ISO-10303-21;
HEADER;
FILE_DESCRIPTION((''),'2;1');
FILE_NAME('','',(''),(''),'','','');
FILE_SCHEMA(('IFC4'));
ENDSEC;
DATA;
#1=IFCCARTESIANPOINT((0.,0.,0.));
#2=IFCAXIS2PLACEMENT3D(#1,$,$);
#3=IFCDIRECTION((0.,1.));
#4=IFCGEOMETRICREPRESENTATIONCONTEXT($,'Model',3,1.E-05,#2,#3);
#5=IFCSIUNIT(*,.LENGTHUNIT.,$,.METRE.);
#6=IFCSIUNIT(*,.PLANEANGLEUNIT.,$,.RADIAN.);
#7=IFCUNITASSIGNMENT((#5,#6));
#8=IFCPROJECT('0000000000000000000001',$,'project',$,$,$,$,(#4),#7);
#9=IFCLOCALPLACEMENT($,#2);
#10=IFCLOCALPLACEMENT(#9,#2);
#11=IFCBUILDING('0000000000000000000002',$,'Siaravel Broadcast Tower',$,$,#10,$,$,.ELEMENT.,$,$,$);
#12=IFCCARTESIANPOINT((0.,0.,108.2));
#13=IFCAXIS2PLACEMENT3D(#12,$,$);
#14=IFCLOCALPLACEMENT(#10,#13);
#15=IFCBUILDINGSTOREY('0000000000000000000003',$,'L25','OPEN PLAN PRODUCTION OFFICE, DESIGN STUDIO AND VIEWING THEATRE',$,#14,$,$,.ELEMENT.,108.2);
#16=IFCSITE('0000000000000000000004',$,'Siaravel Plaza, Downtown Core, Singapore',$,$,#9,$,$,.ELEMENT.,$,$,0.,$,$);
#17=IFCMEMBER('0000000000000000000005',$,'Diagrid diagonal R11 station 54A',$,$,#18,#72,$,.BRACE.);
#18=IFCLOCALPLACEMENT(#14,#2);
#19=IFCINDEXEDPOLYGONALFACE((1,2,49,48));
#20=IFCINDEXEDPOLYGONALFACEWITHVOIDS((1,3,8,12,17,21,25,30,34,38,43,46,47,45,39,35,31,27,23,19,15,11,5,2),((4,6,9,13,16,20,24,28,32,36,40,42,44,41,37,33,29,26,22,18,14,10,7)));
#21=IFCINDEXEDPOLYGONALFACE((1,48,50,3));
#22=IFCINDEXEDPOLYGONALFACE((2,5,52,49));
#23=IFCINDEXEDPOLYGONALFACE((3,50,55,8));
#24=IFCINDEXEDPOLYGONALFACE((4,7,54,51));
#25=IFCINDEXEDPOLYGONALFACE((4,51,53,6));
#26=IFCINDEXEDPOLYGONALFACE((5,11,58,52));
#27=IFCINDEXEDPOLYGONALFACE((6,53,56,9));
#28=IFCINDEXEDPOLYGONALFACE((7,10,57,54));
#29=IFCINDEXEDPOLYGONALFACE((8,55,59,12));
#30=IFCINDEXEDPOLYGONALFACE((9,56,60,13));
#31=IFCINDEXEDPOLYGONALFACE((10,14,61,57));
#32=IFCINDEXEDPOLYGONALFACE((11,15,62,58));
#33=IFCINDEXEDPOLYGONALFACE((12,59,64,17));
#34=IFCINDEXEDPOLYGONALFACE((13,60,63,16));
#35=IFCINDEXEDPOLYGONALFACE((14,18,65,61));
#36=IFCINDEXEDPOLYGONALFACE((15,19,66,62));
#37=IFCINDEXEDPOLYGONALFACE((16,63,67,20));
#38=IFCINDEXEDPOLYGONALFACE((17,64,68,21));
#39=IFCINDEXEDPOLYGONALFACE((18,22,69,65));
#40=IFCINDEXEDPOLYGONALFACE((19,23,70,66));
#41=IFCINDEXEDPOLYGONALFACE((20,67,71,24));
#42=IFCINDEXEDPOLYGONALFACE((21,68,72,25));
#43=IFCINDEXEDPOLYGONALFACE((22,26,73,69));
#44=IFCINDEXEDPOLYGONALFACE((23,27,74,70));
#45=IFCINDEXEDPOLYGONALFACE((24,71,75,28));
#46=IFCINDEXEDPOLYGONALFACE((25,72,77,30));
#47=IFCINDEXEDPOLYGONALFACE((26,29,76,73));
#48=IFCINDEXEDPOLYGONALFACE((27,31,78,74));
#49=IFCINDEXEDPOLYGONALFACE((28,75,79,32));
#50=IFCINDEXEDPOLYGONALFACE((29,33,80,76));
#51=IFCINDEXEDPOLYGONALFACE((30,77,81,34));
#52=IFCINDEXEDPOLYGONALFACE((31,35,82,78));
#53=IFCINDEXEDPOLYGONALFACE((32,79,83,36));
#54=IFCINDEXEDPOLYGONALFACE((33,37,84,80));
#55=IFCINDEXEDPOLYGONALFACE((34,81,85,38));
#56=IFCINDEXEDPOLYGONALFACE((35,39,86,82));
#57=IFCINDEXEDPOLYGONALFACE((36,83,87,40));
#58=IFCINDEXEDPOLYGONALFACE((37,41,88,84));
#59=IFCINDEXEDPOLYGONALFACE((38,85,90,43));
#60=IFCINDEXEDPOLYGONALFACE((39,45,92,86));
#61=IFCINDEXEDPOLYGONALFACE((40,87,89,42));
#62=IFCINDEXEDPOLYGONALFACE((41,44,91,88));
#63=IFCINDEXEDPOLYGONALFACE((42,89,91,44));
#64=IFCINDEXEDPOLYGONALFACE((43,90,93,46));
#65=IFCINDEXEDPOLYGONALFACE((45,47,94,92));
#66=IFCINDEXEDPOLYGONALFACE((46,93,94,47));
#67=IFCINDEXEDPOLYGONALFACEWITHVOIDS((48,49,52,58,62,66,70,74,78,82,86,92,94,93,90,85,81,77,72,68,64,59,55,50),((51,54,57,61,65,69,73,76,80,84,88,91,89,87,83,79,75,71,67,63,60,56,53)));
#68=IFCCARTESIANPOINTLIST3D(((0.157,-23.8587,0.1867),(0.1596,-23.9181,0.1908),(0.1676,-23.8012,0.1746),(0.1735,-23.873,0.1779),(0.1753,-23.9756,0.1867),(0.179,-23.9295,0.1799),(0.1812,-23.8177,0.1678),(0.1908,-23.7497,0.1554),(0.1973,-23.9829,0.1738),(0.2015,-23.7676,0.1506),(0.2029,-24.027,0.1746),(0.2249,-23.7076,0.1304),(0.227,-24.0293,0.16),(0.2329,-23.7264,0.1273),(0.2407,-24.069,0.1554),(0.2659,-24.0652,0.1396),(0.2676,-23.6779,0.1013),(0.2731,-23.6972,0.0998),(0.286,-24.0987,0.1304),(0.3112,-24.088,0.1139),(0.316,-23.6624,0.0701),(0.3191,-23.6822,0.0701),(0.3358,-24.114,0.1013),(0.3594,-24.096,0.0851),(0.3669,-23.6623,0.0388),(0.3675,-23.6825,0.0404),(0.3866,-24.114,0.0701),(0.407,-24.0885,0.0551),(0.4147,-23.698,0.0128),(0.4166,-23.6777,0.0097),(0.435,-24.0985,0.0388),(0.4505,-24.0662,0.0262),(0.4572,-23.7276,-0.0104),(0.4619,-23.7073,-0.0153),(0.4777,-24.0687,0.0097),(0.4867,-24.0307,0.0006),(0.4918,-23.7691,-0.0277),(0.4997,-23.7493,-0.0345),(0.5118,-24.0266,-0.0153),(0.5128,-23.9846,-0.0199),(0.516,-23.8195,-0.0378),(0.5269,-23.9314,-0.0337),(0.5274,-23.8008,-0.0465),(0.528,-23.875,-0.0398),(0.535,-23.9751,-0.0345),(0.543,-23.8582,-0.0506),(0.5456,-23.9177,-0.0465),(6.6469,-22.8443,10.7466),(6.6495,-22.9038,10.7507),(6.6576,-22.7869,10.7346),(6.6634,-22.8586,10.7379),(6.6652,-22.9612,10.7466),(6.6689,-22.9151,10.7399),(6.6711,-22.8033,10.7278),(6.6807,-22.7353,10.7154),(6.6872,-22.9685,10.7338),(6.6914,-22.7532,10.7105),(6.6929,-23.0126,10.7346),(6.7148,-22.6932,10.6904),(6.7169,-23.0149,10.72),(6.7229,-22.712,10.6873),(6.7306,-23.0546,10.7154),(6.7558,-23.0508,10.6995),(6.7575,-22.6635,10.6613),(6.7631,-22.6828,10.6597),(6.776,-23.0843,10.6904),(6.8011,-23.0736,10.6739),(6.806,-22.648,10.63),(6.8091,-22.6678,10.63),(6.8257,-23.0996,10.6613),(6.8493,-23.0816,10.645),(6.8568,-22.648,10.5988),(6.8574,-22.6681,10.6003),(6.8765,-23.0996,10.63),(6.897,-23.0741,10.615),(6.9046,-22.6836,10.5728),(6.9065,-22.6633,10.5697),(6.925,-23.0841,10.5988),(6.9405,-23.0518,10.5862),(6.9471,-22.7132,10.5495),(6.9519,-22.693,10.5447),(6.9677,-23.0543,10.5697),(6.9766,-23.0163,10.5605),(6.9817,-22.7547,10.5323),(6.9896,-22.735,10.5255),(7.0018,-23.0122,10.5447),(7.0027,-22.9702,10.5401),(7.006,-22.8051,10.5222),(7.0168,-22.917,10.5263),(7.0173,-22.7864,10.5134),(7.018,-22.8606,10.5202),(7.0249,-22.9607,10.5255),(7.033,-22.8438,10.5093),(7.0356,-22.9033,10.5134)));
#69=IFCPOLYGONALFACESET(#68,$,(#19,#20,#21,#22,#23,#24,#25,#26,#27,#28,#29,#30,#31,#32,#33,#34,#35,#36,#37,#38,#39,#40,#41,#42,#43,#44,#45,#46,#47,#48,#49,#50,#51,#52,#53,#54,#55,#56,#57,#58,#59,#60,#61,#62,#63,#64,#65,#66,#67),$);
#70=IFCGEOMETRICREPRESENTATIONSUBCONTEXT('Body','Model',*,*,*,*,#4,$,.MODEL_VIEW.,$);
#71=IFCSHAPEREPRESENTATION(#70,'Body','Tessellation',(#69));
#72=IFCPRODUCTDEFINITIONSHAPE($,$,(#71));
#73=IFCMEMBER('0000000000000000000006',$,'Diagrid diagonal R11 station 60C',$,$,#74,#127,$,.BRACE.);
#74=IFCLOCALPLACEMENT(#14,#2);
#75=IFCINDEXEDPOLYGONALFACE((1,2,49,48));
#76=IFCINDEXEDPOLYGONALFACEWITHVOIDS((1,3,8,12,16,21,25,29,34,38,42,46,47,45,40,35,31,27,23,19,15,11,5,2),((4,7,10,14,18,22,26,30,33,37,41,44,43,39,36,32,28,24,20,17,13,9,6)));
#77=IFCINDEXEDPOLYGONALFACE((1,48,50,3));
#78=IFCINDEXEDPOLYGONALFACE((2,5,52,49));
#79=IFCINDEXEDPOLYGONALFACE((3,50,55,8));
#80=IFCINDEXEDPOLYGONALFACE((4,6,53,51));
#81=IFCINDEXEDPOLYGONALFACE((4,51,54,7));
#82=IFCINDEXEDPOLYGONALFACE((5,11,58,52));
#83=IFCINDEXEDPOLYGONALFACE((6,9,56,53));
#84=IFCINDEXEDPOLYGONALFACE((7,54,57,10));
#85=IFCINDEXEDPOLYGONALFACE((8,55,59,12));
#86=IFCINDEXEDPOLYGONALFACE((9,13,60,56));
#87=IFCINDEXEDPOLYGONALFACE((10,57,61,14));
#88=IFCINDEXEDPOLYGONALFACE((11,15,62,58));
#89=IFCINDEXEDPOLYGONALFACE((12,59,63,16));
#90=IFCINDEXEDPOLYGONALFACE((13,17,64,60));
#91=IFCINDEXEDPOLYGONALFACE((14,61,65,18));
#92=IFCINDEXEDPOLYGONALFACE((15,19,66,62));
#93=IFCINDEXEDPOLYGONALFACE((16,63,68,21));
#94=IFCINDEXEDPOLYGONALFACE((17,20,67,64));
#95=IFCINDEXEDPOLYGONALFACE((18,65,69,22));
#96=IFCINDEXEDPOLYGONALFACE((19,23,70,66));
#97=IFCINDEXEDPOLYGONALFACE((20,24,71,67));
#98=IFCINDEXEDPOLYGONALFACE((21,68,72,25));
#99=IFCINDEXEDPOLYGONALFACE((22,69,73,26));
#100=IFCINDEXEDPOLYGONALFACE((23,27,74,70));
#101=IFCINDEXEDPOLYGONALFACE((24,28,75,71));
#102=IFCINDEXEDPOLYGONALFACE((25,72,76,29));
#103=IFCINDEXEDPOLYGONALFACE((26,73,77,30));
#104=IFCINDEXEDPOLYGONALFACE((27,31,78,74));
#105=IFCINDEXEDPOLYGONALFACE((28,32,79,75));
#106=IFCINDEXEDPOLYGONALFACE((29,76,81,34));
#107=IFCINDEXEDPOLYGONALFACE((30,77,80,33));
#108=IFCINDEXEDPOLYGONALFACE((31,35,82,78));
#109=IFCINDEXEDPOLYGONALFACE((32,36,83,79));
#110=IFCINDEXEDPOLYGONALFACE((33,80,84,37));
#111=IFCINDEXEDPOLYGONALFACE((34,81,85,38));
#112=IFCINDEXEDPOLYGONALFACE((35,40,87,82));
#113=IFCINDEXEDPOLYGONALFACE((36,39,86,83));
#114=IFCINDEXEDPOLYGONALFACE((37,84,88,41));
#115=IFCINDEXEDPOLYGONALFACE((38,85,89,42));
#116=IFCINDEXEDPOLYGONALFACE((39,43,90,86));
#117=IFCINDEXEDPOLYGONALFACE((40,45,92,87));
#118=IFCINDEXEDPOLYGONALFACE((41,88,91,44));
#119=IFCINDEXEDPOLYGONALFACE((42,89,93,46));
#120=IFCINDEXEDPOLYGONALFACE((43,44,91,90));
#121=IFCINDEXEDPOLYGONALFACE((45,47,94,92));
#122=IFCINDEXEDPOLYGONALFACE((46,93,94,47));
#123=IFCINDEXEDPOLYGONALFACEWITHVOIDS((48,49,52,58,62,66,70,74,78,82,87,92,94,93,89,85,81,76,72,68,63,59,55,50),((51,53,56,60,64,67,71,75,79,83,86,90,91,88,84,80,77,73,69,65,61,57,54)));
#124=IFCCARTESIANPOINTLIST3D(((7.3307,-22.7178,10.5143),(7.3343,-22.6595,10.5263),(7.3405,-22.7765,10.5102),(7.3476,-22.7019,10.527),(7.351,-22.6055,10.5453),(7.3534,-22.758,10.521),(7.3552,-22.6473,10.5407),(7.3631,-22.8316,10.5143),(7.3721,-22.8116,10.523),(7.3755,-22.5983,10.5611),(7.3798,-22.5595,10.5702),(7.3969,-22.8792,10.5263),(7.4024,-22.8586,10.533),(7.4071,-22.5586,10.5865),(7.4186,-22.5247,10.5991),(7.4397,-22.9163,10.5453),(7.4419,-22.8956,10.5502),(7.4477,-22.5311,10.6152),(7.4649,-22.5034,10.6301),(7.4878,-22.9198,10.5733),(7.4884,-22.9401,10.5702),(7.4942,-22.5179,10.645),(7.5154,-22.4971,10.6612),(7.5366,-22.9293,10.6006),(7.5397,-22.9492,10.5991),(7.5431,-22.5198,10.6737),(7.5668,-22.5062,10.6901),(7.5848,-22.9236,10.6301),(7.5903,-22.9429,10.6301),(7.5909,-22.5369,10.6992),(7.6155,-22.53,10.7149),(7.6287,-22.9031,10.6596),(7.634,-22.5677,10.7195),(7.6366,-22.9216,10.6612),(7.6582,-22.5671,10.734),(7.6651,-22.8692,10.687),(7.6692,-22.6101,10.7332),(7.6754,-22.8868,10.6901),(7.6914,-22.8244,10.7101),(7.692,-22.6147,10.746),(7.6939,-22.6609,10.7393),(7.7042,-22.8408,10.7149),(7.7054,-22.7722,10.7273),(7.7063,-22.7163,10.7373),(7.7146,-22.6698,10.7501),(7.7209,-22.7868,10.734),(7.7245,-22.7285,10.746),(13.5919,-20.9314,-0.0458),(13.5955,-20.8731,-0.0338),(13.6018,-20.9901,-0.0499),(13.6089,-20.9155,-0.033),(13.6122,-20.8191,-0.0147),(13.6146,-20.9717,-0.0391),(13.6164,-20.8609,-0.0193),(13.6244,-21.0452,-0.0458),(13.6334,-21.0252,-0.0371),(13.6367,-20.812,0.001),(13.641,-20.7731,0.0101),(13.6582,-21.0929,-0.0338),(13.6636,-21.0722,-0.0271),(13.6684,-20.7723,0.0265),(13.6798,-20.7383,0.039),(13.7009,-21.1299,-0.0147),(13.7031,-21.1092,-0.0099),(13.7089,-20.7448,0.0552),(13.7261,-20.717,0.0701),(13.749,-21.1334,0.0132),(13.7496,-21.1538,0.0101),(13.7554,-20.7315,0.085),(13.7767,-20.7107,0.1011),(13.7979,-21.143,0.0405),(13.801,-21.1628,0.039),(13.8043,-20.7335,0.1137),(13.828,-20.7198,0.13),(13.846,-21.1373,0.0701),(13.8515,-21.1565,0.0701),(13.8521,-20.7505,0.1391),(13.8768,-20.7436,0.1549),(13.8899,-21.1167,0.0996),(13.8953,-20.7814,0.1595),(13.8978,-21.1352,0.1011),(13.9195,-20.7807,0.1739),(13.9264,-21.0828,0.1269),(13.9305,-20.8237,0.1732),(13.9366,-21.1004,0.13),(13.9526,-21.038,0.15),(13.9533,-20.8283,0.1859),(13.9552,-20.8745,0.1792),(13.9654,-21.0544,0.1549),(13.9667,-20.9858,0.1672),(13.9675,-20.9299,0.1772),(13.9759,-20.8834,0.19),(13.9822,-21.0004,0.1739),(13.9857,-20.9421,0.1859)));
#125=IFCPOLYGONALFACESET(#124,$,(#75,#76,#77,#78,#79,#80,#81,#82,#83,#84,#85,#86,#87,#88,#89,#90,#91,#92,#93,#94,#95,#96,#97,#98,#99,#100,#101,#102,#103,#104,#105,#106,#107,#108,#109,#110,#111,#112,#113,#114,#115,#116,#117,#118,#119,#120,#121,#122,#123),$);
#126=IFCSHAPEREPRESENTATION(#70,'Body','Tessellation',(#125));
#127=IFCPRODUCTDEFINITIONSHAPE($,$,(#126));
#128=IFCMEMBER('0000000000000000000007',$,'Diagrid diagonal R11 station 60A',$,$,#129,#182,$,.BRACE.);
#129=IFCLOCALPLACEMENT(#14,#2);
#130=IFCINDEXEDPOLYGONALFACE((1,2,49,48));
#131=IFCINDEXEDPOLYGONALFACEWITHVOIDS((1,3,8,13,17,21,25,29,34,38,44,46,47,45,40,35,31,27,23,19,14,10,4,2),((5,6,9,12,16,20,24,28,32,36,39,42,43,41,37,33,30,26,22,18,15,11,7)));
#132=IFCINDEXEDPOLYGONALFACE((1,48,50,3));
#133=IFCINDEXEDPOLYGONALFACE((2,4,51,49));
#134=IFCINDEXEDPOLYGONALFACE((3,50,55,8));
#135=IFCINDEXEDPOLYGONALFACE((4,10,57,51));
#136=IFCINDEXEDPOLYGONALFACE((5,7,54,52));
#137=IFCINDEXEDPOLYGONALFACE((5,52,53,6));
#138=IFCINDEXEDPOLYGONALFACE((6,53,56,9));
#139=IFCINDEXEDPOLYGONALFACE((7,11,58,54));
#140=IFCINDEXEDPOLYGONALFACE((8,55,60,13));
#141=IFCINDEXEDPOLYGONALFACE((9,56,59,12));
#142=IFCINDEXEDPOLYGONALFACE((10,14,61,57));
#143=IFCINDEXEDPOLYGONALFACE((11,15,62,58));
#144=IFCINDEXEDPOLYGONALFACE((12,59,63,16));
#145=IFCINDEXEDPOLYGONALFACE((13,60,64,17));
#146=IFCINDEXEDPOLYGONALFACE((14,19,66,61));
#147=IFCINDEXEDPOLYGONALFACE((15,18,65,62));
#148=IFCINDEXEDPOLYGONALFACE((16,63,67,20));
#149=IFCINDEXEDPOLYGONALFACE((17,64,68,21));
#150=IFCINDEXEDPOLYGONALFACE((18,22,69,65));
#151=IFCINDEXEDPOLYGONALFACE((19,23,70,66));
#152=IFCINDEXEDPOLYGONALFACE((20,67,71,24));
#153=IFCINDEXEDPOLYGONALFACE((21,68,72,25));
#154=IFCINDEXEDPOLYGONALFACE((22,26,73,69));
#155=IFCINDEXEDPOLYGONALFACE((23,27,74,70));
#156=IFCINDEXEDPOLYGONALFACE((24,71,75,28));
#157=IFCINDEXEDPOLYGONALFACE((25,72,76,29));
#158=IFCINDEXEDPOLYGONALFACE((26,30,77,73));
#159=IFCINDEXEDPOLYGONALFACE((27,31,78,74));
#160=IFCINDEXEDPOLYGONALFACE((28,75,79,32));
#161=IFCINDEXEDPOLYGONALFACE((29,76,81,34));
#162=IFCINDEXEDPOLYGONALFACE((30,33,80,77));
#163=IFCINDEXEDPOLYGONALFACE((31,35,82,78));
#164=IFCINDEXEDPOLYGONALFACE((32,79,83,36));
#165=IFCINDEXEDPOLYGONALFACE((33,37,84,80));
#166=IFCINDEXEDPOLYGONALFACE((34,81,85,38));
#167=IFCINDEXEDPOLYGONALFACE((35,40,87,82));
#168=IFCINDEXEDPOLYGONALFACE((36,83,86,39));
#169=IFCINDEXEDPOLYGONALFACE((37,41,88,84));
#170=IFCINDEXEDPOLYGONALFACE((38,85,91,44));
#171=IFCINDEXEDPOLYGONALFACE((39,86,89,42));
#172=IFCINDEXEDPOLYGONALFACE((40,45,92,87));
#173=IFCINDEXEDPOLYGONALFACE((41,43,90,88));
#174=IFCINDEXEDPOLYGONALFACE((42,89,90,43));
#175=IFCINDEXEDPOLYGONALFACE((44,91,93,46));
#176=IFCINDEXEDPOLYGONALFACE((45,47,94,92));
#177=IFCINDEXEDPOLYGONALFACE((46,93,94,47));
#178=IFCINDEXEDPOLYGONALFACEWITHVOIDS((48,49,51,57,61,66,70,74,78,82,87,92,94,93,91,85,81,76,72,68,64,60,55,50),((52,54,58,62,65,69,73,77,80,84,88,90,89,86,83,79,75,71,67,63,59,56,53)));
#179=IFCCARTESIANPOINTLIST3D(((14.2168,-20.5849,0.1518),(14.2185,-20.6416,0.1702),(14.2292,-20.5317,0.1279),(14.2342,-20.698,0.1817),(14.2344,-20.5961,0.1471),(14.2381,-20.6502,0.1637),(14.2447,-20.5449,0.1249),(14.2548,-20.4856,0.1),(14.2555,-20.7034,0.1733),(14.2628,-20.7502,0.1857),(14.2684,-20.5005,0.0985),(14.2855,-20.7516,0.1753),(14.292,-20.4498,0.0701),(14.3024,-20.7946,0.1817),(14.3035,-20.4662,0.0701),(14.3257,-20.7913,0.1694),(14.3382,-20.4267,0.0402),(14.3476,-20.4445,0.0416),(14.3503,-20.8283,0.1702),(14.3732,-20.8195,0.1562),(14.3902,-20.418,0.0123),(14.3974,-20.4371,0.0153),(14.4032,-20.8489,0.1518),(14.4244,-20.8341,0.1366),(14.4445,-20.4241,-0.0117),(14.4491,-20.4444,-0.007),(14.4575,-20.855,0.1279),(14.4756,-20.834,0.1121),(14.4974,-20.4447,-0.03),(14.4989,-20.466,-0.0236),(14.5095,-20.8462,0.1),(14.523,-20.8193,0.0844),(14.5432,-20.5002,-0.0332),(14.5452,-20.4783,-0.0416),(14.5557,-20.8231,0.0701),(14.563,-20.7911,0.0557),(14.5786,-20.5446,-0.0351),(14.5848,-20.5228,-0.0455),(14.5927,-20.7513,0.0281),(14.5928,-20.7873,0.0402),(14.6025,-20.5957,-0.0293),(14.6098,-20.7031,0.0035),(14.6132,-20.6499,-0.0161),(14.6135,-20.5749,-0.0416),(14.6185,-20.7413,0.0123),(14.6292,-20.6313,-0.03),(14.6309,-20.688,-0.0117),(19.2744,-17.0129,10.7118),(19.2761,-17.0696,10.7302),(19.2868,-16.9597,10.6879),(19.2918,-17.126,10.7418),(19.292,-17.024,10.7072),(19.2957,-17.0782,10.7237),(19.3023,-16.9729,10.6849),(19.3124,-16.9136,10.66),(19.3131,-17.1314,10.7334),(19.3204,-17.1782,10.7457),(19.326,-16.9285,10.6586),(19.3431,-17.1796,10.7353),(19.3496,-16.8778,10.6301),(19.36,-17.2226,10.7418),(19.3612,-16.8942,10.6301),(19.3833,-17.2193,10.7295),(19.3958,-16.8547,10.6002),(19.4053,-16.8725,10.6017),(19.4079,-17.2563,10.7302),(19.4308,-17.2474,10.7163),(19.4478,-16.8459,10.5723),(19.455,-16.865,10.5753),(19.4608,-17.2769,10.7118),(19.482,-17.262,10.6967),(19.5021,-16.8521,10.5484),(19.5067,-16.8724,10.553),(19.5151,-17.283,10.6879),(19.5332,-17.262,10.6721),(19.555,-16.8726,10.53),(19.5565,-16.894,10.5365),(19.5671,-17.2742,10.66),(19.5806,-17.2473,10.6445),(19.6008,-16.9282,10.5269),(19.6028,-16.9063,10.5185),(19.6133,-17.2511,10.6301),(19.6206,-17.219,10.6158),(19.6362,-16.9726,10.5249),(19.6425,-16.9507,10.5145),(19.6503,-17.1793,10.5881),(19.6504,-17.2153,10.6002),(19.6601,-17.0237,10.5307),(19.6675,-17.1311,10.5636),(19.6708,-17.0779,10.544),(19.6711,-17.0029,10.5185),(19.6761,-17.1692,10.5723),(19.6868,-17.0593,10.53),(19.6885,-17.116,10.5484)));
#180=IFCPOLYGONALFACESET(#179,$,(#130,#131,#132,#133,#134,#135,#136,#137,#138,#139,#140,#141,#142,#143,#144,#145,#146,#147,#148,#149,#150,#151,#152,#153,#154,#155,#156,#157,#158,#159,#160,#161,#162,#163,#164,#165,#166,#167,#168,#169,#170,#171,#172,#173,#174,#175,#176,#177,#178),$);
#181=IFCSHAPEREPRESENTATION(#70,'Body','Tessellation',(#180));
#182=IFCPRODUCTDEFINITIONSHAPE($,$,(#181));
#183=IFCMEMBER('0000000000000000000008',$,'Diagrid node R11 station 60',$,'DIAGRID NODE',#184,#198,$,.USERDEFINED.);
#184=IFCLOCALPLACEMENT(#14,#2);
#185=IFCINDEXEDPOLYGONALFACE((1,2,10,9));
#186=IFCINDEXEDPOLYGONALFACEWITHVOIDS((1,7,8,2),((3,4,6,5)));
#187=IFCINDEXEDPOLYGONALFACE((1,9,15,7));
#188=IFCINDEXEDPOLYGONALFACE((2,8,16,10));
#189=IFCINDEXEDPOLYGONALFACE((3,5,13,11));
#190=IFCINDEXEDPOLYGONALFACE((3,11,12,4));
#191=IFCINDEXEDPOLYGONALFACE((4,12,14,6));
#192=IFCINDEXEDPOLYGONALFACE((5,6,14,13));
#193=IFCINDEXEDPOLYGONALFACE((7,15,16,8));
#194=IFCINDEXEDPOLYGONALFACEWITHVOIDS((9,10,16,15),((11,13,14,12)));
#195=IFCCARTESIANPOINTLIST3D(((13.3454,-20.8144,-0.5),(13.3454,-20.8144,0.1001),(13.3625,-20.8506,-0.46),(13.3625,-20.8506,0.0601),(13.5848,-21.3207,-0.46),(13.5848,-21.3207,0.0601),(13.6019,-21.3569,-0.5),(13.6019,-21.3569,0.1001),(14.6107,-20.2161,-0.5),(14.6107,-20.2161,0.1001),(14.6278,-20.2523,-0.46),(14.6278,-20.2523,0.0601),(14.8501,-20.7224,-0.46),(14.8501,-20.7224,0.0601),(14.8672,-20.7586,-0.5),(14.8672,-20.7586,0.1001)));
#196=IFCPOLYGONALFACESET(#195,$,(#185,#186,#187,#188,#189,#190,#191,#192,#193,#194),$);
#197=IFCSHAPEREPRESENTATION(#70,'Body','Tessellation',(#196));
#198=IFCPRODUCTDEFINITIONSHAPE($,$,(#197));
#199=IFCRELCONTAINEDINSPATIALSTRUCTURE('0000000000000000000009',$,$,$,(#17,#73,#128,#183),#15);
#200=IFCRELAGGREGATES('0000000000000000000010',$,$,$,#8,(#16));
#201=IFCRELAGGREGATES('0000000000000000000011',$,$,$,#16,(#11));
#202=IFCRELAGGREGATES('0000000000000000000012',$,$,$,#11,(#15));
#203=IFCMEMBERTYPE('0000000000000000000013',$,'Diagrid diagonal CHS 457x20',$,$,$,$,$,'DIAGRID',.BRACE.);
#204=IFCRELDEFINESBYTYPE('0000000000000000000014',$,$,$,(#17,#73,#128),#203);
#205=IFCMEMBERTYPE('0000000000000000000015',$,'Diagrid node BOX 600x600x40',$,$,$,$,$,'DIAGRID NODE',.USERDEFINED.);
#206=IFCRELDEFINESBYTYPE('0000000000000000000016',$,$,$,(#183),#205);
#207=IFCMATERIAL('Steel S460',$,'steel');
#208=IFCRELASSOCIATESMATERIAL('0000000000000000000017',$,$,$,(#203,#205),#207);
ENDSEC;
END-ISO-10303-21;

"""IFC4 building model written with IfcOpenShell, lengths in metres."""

from ifc_helpers import new_model, si_unit, direction, frame, origin, origin_2d, place, context, subcontext, project, spatial, hollow_rectangle, hollow_circle, extrude, material, material_profile, profile_set, type_object, element, save


model = new_model("IFC4")

# Units and contexts
model_context = context("Model", 3, precision=1e-05, world=origin(), true_north=direction((0.0, 1.0)))
body_context = subcontext(model_context, "Body", "Model", "MODEL_VIEW")
ifc_project = project(units=[si_unit("LENGTHUNIT", "METRE"), si_unit("PLANEANGLEUNIT", "RADIAN")], contexts=[model_context])

# Site, building, storey
site_placement = place(None, origin())
site = spatial("IfcSite", under=ifc_project, at=site_placement, Name="Siaravel Plaza, Downtown Core, Singapore", CompositionType="ELEMENT", RefElevation=0.0)
building_placement = place(site_placement, origin())
building = spatial("IfcBuilding", under=site, at=building_placement, Name="Siaravel Broadcast Tower", CompositionType="ELEMENT")
storey_placement = place(building_placement, frame((0.0, 0.0, 108.2)))
storey = spatial("IfcBuildingStorey", under=building, at=storey_placement, Name="L25", Description="OPEN PLAN PRODUCTION OFFICE, DESIGN STUDIO AND VIEWING THEATRE", CompositionType="ELEMENT", Elevation=108.2)

# Members
ifc_material_1 = material(Name="Steel S460", Category="steel")
ifc_material_profile_1 = material_profile(ifc_material_1, hollow_circle(Radius=0.2285, WallThickness=0.02, at=origin_2d()))
ifc_profile_set_1 = profile_set([ifc_material_profile_1], Name="Steel S460")
member_type_1 = type_object("IfcMemberType", Name="Diagrid diagonal CHS 457x20", ElementType="DIAGRID", PredefinedType="BRACE", material=ifc_profile_set_1)
member_1_placement = place(storey_placement, frame((0.3513, -23.8882, 0.0701), z_axis=(0.521855, 0.081567, 0.849126), x_axis=(-0.154428, 0.988004, 0.0)))
element("IfcMember", 1, at=member_1_placement, inside=storey, type_object=member_type_1, Name="Diagrid diagonal R11 station 54A", PredefinedType="BRACE", context=body_context, shape_type="SweptSolid", body=[
    extrude(hollow_circle(Radius=0.2285, WallThickness=0.02, at=origin_2d()), origin(), (0.0, 0.0, 1.0), 12.4363),
])
member_2_placement = place(storey_placement, frame((13.7888, -20.9368, 0.0701), z_axis=(-0.504693, -0.143993, 0.851205), x_axis=(0.27436, -0.961627, 0.0)))
element("IfcMember", 2, at=member_2_placement, inside=storey, type_object=member_type_1, Name="Diagrid diagonal R11 station 60C", PredefinedType="BRACE", context=body_context, shape_type="SweptSolid", body=[
    extrude(hollow_circle(Radius=0.2285, WallThickness=0.02, at=origin_2d()), origin(), (0.0, 0.0, 1.0), 12.406),
])
member_3_placement = place(storey_placement, frame((14.4238, -20.6365, 0.0701), z_axis=(0.413154, 0.291797, 0.862646), x_axis=(-0.576892, 0.81682, 0.0)))
element("IfcMember", 3, at=member_3_placement, inside=storey, type_object=member_type_1, Name="Diagrid diagonal R11 station 60A", PredefinedType="BRACE", context=body_context, shape_type="SweptSolid", body=[
    extrude(hollow_circle(Radius=0.2285, WallThickness=0.02, at=origin_2d()), origin(), (0.0, 0.0, 1.0), 12.2415),
])
ifc_material_profile_2 = material_profile(ifc_material_1, hollow_rectangle(XDim=0.6001, YDim=0.6001, WallThickness=0.04, at=origin_2d()))
ifc_profile_set_2 = profile_set([ifc_material_profile_2], Name="Steel S460")
member_type_2 = type_object("IfcMemberType", Name="Diagrid node BOX 600x600x40", ElementType="DIAGRID NODE", PredefinedType="USERDEFINED", material=ifc_profile_set_2)
member_4_placement = place(storey_placement, frame((13.4736, -21.0857, -0.2), z_axis=(0.904015, 0.427501, 0.0), x_axis=(-0.427501, 0.904015, 0.0)))
element("IfcMember", 4, at=member_4_placement, inside=storey, type_object=member_type_2, Name="Diagrid node R11 station 60", ObjectType="DIAGRID NODE", PredefinedType="USERDEFINED", context=body_context, shape_type="SweptSolid", body=[
    extrude(hollow_rectangle(XDim=0.6001, YDim=0.6001, WallThickness=0.04, at=origin_2d()), origin(), (0.0, 0.0, 1.0), 1.3997),
])

save(model, "model.ifc")
